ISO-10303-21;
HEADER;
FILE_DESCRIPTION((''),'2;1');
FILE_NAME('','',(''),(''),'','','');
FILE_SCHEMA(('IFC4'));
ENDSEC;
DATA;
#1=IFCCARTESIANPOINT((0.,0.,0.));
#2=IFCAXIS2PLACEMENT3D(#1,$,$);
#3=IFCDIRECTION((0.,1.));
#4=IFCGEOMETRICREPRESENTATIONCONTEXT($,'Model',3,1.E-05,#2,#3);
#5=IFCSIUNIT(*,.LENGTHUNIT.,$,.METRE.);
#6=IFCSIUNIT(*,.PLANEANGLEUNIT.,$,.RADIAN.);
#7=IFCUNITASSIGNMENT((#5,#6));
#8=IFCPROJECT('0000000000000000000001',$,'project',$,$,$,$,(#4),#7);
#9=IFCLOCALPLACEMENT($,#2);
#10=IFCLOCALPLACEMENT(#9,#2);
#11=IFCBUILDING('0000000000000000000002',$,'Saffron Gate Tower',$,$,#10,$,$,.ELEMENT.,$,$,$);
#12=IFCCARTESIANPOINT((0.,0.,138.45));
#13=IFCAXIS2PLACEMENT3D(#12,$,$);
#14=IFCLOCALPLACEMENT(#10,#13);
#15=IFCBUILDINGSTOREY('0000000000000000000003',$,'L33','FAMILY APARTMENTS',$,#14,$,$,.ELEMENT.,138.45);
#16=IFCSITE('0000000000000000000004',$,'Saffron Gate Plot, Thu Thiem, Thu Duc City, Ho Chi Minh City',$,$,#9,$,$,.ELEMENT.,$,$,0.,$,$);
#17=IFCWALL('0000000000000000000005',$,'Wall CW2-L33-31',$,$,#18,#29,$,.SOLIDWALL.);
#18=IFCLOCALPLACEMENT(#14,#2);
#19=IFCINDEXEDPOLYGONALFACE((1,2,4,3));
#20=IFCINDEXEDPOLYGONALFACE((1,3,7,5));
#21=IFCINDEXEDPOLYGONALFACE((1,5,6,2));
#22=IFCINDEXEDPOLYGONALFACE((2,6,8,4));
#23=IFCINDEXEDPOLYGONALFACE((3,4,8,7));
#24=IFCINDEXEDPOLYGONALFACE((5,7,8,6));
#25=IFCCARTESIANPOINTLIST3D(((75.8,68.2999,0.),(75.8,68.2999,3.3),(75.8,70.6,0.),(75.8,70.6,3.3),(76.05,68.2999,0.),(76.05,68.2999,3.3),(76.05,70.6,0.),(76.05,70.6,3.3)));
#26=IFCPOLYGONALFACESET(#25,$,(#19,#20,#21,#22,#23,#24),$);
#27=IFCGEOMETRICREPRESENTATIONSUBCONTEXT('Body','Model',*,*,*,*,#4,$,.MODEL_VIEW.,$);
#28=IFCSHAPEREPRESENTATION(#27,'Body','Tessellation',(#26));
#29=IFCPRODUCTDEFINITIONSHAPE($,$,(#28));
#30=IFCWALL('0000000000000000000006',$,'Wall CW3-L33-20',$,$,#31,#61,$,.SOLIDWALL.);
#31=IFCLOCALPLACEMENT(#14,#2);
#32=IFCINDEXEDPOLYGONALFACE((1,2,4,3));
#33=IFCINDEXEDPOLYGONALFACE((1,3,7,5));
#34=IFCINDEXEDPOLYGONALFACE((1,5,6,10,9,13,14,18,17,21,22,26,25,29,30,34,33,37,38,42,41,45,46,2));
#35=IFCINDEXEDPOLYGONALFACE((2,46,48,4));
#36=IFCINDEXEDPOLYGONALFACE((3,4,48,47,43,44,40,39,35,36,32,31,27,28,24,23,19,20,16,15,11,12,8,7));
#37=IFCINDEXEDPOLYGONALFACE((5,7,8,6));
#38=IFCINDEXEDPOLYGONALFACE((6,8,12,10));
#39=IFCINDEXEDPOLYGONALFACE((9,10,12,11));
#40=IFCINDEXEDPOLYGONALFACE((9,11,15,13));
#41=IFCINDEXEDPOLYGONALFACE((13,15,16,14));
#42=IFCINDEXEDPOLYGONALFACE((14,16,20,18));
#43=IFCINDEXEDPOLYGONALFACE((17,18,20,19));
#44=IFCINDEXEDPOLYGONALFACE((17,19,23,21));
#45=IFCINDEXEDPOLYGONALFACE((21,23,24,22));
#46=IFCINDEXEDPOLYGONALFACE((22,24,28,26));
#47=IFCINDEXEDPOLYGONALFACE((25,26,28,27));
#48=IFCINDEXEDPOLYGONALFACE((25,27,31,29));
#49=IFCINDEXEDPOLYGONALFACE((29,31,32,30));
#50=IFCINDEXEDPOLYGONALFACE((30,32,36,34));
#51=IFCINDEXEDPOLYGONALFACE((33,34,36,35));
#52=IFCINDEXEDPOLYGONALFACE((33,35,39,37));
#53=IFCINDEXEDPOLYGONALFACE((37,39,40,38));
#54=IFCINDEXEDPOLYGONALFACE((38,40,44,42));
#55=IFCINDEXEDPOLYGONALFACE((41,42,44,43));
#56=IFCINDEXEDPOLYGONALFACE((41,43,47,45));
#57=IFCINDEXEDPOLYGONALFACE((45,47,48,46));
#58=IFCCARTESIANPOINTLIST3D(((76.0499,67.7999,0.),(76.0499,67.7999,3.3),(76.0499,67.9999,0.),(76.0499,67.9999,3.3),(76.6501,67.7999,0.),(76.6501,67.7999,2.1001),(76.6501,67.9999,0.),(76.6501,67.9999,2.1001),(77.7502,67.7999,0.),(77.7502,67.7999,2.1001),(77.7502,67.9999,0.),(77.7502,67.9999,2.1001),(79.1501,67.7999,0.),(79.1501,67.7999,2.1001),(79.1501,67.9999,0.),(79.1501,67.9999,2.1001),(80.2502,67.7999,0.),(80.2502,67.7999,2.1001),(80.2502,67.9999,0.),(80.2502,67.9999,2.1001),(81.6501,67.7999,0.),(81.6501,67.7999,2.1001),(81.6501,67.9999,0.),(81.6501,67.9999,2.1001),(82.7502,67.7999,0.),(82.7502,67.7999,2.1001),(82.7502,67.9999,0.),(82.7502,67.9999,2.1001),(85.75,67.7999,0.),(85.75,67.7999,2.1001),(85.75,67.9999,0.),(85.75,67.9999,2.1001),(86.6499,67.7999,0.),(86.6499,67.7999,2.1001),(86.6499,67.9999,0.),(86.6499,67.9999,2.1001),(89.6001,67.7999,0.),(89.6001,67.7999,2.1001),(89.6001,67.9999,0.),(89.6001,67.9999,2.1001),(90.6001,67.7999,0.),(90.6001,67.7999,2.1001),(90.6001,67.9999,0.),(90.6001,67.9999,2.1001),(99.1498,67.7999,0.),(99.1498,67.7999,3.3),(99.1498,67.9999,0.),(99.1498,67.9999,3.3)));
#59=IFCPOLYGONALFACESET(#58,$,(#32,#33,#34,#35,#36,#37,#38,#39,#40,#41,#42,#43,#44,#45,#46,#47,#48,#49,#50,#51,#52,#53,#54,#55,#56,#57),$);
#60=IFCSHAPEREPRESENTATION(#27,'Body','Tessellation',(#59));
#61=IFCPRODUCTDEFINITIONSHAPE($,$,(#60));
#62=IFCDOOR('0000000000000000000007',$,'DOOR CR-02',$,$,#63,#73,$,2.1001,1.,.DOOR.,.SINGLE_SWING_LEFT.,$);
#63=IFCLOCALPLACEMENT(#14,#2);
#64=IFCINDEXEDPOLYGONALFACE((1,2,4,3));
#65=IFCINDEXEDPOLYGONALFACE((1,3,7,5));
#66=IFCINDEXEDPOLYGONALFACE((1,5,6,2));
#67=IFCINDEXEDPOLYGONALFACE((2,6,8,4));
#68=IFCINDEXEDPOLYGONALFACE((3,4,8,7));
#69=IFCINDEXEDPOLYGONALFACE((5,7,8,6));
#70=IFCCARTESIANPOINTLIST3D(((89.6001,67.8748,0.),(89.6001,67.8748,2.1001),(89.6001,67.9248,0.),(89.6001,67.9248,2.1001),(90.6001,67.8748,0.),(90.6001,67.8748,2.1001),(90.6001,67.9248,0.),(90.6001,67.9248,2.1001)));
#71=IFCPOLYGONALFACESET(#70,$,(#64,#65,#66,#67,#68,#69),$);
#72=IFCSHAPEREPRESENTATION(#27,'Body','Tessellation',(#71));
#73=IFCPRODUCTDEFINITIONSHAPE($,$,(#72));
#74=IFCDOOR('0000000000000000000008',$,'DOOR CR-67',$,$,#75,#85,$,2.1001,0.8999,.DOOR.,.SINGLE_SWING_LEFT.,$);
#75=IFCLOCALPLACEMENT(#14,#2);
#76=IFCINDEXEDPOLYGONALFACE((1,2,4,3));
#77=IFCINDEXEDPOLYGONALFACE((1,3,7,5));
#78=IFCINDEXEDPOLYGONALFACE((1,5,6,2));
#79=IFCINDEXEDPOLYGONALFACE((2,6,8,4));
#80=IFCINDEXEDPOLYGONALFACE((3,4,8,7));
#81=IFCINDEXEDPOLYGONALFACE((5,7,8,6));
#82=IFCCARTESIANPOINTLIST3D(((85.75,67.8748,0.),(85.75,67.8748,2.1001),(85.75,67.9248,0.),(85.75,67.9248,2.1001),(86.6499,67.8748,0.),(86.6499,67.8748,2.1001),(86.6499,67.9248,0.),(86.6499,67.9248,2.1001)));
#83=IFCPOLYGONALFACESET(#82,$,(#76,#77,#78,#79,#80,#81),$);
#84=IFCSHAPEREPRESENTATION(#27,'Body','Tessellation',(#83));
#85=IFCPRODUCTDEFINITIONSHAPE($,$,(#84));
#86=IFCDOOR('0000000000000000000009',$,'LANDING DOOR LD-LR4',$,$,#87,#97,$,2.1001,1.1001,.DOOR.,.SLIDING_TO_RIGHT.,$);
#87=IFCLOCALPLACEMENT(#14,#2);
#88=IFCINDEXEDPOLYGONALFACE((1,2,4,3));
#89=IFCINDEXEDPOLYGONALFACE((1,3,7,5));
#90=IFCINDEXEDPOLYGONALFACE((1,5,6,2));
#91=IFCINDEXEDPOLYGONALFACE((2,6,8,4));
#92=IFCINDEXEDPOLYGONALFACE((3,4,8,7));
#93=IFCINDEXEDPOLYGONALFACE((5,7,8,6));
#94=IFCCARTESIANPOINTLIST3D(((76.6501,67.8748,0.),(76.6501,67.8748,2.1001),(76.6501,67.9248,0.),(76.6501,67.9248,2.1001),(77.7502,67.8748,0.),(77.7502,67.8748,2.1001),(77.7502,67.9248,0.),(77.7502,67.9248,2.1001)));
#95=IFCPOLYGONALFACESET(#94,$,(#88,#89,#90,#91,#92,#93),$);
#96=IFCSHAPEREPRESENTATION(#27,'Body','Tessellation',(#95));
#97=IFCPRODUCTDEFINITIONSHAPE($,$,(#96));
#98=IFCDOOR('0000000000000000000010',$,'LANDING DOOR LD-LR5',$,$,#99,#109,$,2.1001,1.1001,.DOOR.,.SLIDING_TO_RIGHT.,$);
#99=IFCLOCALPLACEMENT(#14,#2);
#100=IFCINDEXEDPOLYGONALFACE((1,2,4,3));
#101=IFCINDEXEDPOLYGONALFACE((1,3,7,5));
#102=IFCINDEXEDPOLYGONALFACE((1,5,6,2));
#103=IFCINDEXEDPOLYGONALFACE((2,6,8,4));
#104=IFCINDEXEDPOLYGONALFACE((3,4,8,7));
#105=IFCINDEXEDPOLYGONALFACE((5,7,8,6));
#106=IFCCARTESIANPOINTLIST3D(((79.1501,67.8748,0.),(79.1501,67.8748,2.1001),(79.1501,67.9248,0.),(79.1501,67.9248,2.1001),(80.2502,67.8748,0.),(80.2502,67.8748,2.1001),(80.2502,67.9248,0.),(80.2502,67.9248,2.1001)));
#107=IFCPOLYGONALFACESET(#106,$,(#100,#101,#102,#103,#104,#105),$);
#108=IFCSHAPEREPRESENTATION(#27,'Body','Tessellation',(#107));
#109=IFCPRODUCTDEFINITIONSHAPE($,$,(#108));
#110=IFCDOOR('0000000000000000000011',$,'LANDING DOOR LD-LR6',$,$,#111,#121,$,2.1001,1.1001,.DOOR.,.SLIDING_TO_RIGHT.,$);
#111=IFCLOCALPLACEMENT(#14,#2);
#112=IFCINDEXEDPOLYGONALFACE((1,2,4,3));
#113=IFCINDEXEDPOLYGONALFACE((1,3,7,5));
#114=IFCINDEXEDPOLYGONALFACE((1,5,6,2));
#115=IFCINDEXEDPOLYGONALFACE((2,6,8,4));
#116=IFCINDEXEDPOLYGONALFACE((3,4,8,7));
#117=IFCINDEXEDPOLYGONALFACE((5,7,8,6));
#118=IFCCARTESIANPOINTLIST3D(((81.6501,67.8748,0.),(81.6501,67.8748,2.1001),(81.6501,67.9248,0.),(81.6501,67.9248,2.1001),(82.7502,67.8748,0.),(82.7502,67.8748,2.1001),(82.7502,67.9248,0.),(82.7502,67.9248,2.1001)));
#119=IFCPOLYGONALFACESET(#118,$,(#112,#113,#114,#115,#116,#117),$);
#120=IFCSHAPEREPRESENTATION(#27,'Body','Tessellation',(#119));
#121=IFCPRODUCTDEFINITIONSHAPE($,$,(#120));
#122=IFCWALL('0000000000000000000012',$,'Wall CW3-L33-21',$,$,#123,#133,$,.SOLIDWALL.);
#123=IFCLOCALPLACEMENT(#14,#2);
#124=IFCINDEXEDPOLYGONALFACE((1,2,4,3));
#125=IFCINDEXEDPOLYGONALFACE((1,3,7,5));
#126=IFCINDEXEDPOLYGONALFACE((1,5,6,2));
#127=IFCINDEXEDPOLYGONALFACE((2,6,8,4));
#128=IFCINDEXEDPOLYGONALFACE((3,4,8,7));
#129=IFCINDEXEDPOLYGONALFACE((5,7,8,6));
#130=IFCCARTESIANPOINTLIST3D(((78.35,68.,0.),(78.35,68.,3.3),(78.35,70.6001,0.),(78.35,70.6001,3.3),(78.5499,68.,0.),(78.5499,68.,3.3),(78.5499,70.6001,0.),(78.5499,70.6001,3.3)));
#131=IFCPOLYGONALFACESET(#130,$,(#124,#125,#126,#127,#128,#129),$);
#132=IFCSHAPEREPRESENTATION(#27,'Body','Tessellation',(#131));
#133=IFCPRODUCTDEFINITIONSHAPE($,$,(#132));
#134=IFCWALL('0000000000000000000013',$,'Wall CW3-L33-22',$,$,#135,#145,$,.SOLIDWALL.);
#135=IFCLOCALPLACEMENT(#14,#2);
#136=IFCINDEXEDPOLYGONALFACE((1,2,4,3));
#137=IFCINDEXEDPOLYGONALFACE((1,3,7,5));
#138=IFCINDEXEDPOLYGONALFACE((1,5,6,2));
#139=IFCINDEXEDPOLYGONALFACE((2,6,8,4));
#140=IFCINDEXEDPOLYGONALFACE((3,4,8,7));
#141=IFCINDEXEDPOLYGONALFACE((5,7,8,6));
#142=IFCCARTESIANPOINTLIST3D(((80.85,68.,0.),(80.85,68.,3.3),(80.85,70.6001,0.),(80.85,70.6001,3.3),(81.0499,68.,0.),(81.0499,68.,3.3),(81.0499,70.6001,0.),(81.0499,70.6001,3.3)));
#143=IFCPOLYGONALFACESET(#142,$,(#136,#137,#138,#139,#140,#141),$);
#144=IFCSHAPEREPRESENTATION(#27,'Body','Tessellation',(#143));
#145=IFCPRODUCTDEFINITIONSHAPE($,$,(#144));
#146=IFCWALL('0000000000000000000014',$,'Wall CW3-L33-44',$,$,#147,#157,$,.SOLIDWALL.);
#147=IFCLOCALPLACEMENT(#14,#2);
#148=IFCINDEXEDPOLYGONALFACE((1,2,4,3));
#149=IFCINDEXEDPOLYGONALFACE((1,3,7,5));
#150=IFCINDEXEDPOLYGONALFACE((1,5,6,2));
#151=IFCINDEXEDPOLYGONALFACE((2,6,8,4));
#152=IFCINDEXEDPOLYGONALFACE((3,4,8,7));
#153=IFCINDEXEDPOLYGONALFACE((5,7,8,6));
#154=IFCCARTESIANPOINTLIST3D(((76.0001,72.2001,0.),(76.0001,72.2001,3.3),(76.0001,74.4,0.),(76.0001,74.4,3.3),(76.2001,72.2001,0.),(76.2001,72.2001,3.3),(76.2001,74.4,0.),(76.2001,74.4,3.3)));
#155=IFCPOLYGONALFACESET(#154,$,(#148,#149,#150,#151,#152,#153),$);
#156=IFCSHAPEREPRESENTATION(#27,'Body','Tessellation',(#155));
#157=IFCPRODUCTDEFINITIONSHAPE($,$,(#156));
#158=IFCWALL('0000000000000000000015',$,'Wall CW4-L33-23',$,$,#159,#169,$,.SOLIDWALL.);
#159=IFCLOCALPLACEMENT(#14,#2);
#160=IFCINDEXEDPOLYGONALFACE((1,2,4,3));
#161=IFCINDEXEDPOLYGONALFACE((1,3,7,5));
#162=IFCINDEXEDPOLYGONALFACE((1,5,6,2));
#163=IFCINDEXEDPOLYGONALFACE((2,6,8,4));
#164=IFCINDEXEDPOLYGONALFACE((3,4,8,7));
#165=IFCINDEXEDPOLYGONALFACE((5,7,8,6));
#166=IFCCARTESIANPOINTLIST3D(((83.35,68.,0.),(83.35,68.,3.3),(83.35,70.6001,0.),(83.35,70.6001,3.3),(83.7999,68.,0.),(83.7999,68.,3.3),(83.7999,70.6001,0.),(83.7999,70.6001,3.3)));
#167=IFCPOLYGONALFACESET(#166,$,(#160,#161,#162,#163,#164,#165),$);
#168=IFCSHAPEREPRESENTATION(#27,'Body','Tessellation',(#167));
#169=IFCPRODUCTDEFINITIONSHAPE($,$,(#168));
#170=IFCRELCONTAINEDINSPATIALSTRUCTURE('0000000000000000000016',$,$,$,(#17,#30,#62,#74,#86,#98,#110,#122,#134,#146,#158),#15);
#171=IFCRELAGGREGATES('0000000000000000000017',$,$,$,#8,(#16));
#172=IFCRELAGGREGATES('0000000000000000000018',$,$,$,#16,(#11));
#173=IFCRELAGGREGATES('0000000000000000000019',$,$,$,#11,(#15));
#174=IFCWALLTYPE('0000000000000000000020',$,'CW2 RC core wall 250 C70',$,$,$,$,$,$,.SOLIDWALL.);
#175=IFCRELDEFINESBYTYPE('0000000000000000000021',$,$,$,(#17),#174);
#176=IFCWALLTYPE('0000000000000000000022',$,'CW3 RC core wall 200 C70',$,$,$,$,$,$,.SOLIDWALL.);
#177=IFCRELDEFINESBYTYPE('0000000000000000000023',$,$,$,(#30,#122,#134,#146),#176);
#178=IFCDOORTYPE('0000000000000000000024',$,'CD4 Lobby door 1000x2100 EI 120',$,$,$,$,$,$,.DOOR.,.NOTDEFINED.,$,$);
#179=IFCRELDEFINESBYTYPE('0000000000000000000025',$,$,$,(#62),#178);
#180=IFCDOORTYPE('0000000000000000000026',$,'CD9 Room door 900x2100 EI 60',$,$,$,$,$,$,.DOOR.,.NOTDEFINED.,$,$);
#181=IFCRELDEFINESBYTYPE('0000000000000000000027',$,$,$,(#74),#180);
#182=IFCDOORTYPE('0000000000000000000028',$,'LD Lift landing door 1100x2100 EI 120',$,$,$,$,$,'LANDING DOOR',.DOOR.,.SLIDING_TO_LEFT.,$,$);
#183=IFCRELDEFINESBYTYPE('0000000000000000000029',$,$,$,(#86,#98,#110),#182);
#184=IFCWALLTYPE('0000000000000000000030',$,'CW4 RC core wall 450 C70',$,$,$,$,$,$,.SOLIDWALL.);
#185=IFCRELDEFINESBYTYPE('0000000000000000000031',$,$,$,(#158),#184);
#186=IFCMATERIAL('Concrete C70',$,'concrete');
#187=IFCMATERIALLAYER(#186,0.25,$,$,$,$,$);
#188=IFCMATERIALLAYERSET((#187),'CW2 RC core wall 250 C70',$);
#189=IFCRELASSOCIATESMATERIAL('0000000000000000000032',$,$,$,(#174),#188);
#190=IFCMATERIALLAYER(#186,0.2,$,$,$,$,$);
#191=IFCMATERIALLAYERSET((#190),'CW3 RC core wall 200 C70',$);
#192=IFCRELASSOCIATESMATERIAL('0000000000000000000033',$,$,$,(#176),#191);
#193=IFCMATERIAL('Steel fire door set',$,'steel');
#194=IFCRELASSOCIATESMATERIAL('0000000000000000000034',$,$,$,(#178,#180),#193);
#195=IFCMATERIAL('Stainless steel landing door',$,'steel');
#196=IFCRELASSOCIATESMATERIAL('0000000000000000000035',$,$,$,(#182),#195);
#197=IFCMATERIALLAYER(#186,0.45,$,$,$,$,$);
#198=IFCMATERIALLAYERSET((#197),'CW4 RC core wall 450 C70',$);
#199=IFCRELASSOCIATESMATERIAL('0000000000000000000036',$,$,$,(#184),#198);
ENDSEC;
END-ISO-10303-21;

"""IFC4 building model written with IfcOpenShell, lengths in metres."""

from ifc_helpers import new_model, si_unit, direction, frame, frame_2d, origin, place, context, subcontext, project, spatial, rectangle, extrude, material, layer, layer_set, type_object, element, fill, save


model = new_model("IFC4")

# Units and contexts
model_context = context("Model", 3, precision=1e-05, world=origin(), true_north=direction((0.0, 1.0)))
body_context = subcontext(model_context, "Body", "Model", "MODEL_VIEW")
ifc_project = project(units=[si_unit("LENGTHUNIT", "METRE"), si_unit("PLANEANGLEUNIT", "RADIAN")], contexts=[model_context])

# Site, building, storey
site_placement = place(None, origin())
site = spatial("IfcSite", under=ifc_project, at=site_placement, Name="Saffron Gate Plot, Thu Thiem, Thu Duc City, Ho Chi Minh City", CompositionType="ELEMENT", RefElevation=0.0)
building_placement = place(site_placement, origin())
building = spatial("IfcBuilding", under=site, at=building_placement, Name="Saffron Gate Tower", CompositionType="ELEMENT")
storey_placement = place(building_placement, frame((0.0, 0.0, 138.45)))
storey = spatial("IfcBuildingStorey", under=building, at=storey_placement, Name="L33", Description="FAMILY APARTMENTS", CompositionType="ELEMENT", Elevation=138.45)

# Wall
ifc_material_1 = material(Name="Concrete C70", Category="concrete")
ifc_layer_1 = layer(ifc_material_1, 0.25)
ifc_layer_set_1 = layer_set([ifc_layer_1], Name="CW2 RC core wall 250 C70")
wall_type_1 = type_object("IfcWallType", Name="CW2 RC core wall 250 C70", PredefinedType="SOLIDWALL", material=ifc_layer_set_1)
wall_1_placement = place(storey_placement, frame((75.925, 68.3, 0.0), z_axis=(0.0, 0.0, 1.0), x_axis=(0.0, 1.0, 0.0)))
element("IfcWall", 1, at=wall_1_placement, inside=storey, type_object=wall_type_1, Name="Wall CW2-L33-31", PredefinedType="SOLIDWALL", context=body_context, shape_type="SweptSolid", body=[
    extrude(rectangle(XDim=2.3, YDim=0.25, at=frame_2d((1.1499, 0.0))), origin(), (0.0, 0.0, 1.0), 3.3),
])

# Wall, openings, doors
ifc_layer_2 = layer(ifc_material_1, 0.2)
ifc_layer_set_2 = layer_set([ifc_layer_2], Name="CW3 RC core wall 200 C70")
wall_type_2 = type_object("IfcWallType", Name="CW3 RC core wall 200 C70", PredefinedType="SOLIDWALL", material=ifc_layer_set_2)
wall_2_placement = place(storey_placement, frame((76.05, 67.8999, 0.0), z_axis=(0.0, 0.0, 1.0), x_axis=(1.0, 0.0, 0.0)))
wall_2 = element("IfcWall", 2, at=wall_2_placement, inside=storey, type_object=wall_type_2, Name="Wall CW3-L33-20", PredefinedType="SOLIDWALL", context=body_context, shape_type="SweptSolid", body=[
    extrude(rectangle(XDim=23.0999, YDim=0.2, at=frame_2d((11.5498, 0.0))), origin(), (0.0, 0.0, 1.0), 3.3),
])
opening_1_placement = place(wall_2_placement, frame((0.6001, 0.0, 0.0)))
opening_1 = element("IfcOpeningElement", 3, at=opening_1_placement, cuts=wall_2, PredefinedType="OPENING", context=body_context, shape_type="SweptSolid", body=[
    extrude(rectangle(XDim=1.1001, YDim=2.1001, at=frame_2d((0.55, 1.05))), frame((0.0, 0.1099, 0.0), z_axis=(0.0, -1.0, 0.0), x_axis=(1.0, 0.0, 0.0)), (0.0, 0.0, 1.0), 0.22),
])
opening_2_placement = place(wall_2_placement, frame((3.1001, 0.0, 0.0)))
opening_2 = element("IfcOpeningElement", 4, at=opening_2_placement, cuts=wall_2, PredefinedType="OPENING", context=body_context, shape_type="SweptSolid", body=[
    extrude(rectangle(XDim=1.1001, YDim=2.1001, at=frame_2d((0.55, 1.05))), frame((0.0, 0.1099, 0.0), z_axis=(0.0, -1.0, 0.0), x_axis=(1.0, 0.0, 0.0)), (0.0, 0.0, 1.0), 0.22),
])
opening_3_placement = place(wall_2_placement, frame((5.6001, 0.0, 0.0)))
opening_3 = element("IfcOpeningElement", 5, at=opening_3_placement, cuts=wall_2, PredefinedType="OPENING", context=body_context, shape_type="SweptSolid", body=[
    extrude(rectangle(XDim=1.1001, YDim=2.1001, at=frame_2d((0.55, 1.05))), frame((0.0, 0.1099, 0.0), z_axis=(0.0, -1.0, 0.0), x_axis=(1.0, 0.0, 0.0)), (0.0, 0.0, 1.0), 0.22),
])
opening_4_placement = place(wall_2_placement, frame((9.7, 0.0, 0.0)))
opening_4 = element("IfcOpeningElement", 6, at=opening_4_placement, cuts=wall_2, PredefinedType="OPENING", context=body_context, shape_type="SweptSolid", body=[
    extrude(rectangle(XDim=0.8999, YDim=2.1001, at=frame_2d((0.45, 1.05))), frame((0.0, 0.1099, 0.0), z_axis=(0.0, -1.0, 0.0), x_axis=(1.0, 0.0, 0.0)), (0.0, 0.0, 1.0), 0.22),
])
opening_5_placement = place(wall_2_placement, frame((13.55, 0.0, 0.0)))
opening_5 = element("IfcOpeningElement", 7, at=opening_5_placement, cuts=wall_2, PredefinedType="OPENING", context=body_context, shape_type="SweptSolid", body=[
    extrude(rectangle(XDim=1.0, YDim=2.1001, at=frame_2d((0.5, 1.05))), frame((0.0, 0.1099, 0.0), z_axis=(0.0, -1.0, 0.0), x_axis=(1.0, 0.0, 0.0)), (0.0, 0.0, 1.0), 0.22),
])
ifc_material_2 = material(Name="Steel fire door set", Category="steel")
door_type_1 = type_object("IfcDoorType", Name="CD4 Lobby door 1000x2100 EI 120", OperationType="NOTDEFINED", PredefinedType="DOOR", material=ifc_material_2)
door_1_placement = place(opening_5_placement, origin())
door_1 = element("IfcDoor", 8, at=door_1_placement, inside=storey, type_object=door_type_1, Name="DOOR CR-02", OperationType="SINGLE_SWING_LEFT", OverallHeight=2.1001, OverallWidth=1.0, PredefinedType="DOOR", context=body_context, shape_type="SweptSolid", body=[
    extrude(rectangle(XDim=1.0, YDim=2.1001, at=frame_2d((0.5, 1.05))), frame((0.0, 0.0249, 0.0), z_axis=(0.0, -1.0, 0.0), x_axis=(1.0, 0.0, 0.0)), (0.0, 0.0, 1.0), 0.05),
])
fill(opening_5, door_1)
door_type_2 = type_object("IfcDoorType", Name="CD9 Room door 900x2100 EI 60", OperationType="NOTDEFINED", PredefinedType="DOOR", material=ifc_material_2)
door_2_placement = place(opening_4_placement, origin())
door_2 = element("IfcDoor", 9, at=door_2_placement, inside=storey, type_object=door_type_2, Name="DOOR CR-67", OperationType="SINGLE_SWING_LEFT", OverallHeight=2.1001, OverallWidth=0.8999, PredefinedType="DOOR", context=body_context, shape_type="SweptSolid", body=[
    extrude(rectangle(XDim=0.8999, YDim=2.1001, at=frame_2d((0.45, 1.05))), frame((0.0, 0.0249, 0.0), z_axis=(0.0, -1.0, 0.0), x_axis=(1.0, 0.0, 0.0)), (0.0, 0.0, 1.0), 0.05),
])
fill(opening_4, door_2)
ifc_material_3 = material(Name="Stainless steel landing door", Category="steel")
door_type_3 = type_object("IfcDoorType", Name="LD Lift landing door 1100x2100 EI 120", ElementType="LANDING DOOR", OperationType="SLIDING_TO_LEFT", PredefinedType="DOOR", material=ifc_material_3)
door_3_placement = place(opening_1_placement, origin())
door_3 = element("IfcDoor", 10, at=door_3_placement, inside=storey, type_object=door_type_3, Name="LANDING DOOR LD-LR4", OperationType="SLIDING_TO_RIGHT", OverallHeight=2.1001, OverallWidth=1.1001, PredefinedType="DOOR", context=body_context, shape_type="SweptSolid", body=[
    extrude(rectangle(XDim=1.1001, YDim=2.1001, at=frame_2d((0.55, 1.05))), frame((0.0, 0.0249, 0.0), z_axis=(0.0, -1.0, 0.0), x_axis=(1.0, 0.0, 0.0)), (0.0, 0.0, 1.0), 0.05),
])
fill(opening_1, door_3)
door_4_placement = place(opening_2_placement, origin())
door_4 = element("IfcDoor", 11, at=door_4_placement, inside=storey, type_object=door_type_3, Name="LANDING DOOR LD-LR5", OperationType="SLIDING_TO_RIGHT", OverallHeight=2.1001, OverallWidth=1.1001, PredefinedType="DOOR", context=body_context, shape_type="SweptSolid", body=[
    extrude(rectangle(XDim=1.1001, YDim=2.1001, at=frame_2d((0.55, 1.05))), frame((0.0, 0.0249, 0.0), z_axis=(0.0, -1.0, 0.0), x_axis=(1.0, 0.0, 0.0)), (0.0, 0.0, 1.0), 0.05),
])
fill(opening_2, door_4)
door_5_placement = place(opening_3_placement, origin())
door_5 = element("IfcDoor", 12, at=door_5_placement, inside=storey, type_object=door_type_3, Name="LANDING DOOR LD-LR6", OperationType="SLIDING_TO_RIGHT", OverallHeight=2.1001, OverallWidth=1.1001, PredefinedType="DOOR", context=body_context, shape_type="SweptSolid", body=[
    extrude(rectangle(XDim=1.1001, YDim=2.1001, at=frame_2d((0.55, 1.05))), frame((0.0, 0.0249, 0.0), z_axis=(0.0, -1.0, 0.0), x_axis=(1.0, 0.0, 0.0)), (0.0, 0.0, 1.0), 0.05),
])
fill(opening_3, door_5)

# Walls
for number, where, z_axis, x_axis, name in (
    (13, (78.45, 68.0, 0.0), (0.0, 0.0, 1.0), (0.0, 1.0, 0.0), "Wall CW3-L33-21"),
    (14, (80.95, 68.0, 0.0), (0.0, 0.0, 1.0), (0.0, 1.0, 0.0), "Wall CW3-L33-22"),
):
    element("IfcWall", number, at=place(storey_placement, frame(where, z_axis=z_axis, x_axis=x_axis)), inside=storey, type_object=wall_type_2, Name=name, PredefinedType="SOLIDWALL", context=body_context, shape_type="SweptSolid", body=[
        extrude(rectangle(XDim=2.6001, YDim=0.2, at=frame_2d((1.3, 0.0))), origin(), (0.0, 0.0, 1.0), 3.3),
    ])
wall_3_placement = place(storey_placement, frame((76.1001, 72.2, 0.0), z_axis=(0.0, 0.0, 1.0), x_axis=(0.0, 1.0, 0.0)))
element("IfcWall", 15, at=wall_3_placement, inside=storey, type_object=wall_type_2, Name="Wall CW3-L33-44", PredefinedType="SOLIDWALL", context=body_context, shape_type="SweptSolid", body=[
    extrude(rectangle(XDim=2.2, YDim=0.2, at=frame_2d((1.1001, 0.0))), origin(), (0.0, 0.0, 1.0), 3.3),
])
ifc_layer_3 = layer(ifc_material_1, 0.45)
ifc_layer_set_3 = layer_set([ifc_layer_3], Name="CW4 RC core wall 450 C70")
wall_type_3 = type_object("IfcWallType", Name="CW4 RC core wall 450 C70", PredefinedType="SOLIDWALL", material=ifc_layer_set_3)
wall_4_placement = place(storey_placement, frame((83.575, 68.0, 0.0), z_axis=(0.0, 0.0, 1.0), x_axis=(0.0, 1.0, 0.0)))
element("IfcWall", 16, at=wall_4_placement, inside=storey, type_object=wall_type_3, Name="Wall CW4-L33-23", PredefinedType="SOLIDWALL", context=body_context, shape_type="SweptSolid", body=[
    extrude(rectangle(XDim=2.6001, YDim=0.45, at=frame_2d((1.3, 0.0))), origin(), (0.0, 0.0, 1.0), 3.3),
])

save(model, "model.ifc")
